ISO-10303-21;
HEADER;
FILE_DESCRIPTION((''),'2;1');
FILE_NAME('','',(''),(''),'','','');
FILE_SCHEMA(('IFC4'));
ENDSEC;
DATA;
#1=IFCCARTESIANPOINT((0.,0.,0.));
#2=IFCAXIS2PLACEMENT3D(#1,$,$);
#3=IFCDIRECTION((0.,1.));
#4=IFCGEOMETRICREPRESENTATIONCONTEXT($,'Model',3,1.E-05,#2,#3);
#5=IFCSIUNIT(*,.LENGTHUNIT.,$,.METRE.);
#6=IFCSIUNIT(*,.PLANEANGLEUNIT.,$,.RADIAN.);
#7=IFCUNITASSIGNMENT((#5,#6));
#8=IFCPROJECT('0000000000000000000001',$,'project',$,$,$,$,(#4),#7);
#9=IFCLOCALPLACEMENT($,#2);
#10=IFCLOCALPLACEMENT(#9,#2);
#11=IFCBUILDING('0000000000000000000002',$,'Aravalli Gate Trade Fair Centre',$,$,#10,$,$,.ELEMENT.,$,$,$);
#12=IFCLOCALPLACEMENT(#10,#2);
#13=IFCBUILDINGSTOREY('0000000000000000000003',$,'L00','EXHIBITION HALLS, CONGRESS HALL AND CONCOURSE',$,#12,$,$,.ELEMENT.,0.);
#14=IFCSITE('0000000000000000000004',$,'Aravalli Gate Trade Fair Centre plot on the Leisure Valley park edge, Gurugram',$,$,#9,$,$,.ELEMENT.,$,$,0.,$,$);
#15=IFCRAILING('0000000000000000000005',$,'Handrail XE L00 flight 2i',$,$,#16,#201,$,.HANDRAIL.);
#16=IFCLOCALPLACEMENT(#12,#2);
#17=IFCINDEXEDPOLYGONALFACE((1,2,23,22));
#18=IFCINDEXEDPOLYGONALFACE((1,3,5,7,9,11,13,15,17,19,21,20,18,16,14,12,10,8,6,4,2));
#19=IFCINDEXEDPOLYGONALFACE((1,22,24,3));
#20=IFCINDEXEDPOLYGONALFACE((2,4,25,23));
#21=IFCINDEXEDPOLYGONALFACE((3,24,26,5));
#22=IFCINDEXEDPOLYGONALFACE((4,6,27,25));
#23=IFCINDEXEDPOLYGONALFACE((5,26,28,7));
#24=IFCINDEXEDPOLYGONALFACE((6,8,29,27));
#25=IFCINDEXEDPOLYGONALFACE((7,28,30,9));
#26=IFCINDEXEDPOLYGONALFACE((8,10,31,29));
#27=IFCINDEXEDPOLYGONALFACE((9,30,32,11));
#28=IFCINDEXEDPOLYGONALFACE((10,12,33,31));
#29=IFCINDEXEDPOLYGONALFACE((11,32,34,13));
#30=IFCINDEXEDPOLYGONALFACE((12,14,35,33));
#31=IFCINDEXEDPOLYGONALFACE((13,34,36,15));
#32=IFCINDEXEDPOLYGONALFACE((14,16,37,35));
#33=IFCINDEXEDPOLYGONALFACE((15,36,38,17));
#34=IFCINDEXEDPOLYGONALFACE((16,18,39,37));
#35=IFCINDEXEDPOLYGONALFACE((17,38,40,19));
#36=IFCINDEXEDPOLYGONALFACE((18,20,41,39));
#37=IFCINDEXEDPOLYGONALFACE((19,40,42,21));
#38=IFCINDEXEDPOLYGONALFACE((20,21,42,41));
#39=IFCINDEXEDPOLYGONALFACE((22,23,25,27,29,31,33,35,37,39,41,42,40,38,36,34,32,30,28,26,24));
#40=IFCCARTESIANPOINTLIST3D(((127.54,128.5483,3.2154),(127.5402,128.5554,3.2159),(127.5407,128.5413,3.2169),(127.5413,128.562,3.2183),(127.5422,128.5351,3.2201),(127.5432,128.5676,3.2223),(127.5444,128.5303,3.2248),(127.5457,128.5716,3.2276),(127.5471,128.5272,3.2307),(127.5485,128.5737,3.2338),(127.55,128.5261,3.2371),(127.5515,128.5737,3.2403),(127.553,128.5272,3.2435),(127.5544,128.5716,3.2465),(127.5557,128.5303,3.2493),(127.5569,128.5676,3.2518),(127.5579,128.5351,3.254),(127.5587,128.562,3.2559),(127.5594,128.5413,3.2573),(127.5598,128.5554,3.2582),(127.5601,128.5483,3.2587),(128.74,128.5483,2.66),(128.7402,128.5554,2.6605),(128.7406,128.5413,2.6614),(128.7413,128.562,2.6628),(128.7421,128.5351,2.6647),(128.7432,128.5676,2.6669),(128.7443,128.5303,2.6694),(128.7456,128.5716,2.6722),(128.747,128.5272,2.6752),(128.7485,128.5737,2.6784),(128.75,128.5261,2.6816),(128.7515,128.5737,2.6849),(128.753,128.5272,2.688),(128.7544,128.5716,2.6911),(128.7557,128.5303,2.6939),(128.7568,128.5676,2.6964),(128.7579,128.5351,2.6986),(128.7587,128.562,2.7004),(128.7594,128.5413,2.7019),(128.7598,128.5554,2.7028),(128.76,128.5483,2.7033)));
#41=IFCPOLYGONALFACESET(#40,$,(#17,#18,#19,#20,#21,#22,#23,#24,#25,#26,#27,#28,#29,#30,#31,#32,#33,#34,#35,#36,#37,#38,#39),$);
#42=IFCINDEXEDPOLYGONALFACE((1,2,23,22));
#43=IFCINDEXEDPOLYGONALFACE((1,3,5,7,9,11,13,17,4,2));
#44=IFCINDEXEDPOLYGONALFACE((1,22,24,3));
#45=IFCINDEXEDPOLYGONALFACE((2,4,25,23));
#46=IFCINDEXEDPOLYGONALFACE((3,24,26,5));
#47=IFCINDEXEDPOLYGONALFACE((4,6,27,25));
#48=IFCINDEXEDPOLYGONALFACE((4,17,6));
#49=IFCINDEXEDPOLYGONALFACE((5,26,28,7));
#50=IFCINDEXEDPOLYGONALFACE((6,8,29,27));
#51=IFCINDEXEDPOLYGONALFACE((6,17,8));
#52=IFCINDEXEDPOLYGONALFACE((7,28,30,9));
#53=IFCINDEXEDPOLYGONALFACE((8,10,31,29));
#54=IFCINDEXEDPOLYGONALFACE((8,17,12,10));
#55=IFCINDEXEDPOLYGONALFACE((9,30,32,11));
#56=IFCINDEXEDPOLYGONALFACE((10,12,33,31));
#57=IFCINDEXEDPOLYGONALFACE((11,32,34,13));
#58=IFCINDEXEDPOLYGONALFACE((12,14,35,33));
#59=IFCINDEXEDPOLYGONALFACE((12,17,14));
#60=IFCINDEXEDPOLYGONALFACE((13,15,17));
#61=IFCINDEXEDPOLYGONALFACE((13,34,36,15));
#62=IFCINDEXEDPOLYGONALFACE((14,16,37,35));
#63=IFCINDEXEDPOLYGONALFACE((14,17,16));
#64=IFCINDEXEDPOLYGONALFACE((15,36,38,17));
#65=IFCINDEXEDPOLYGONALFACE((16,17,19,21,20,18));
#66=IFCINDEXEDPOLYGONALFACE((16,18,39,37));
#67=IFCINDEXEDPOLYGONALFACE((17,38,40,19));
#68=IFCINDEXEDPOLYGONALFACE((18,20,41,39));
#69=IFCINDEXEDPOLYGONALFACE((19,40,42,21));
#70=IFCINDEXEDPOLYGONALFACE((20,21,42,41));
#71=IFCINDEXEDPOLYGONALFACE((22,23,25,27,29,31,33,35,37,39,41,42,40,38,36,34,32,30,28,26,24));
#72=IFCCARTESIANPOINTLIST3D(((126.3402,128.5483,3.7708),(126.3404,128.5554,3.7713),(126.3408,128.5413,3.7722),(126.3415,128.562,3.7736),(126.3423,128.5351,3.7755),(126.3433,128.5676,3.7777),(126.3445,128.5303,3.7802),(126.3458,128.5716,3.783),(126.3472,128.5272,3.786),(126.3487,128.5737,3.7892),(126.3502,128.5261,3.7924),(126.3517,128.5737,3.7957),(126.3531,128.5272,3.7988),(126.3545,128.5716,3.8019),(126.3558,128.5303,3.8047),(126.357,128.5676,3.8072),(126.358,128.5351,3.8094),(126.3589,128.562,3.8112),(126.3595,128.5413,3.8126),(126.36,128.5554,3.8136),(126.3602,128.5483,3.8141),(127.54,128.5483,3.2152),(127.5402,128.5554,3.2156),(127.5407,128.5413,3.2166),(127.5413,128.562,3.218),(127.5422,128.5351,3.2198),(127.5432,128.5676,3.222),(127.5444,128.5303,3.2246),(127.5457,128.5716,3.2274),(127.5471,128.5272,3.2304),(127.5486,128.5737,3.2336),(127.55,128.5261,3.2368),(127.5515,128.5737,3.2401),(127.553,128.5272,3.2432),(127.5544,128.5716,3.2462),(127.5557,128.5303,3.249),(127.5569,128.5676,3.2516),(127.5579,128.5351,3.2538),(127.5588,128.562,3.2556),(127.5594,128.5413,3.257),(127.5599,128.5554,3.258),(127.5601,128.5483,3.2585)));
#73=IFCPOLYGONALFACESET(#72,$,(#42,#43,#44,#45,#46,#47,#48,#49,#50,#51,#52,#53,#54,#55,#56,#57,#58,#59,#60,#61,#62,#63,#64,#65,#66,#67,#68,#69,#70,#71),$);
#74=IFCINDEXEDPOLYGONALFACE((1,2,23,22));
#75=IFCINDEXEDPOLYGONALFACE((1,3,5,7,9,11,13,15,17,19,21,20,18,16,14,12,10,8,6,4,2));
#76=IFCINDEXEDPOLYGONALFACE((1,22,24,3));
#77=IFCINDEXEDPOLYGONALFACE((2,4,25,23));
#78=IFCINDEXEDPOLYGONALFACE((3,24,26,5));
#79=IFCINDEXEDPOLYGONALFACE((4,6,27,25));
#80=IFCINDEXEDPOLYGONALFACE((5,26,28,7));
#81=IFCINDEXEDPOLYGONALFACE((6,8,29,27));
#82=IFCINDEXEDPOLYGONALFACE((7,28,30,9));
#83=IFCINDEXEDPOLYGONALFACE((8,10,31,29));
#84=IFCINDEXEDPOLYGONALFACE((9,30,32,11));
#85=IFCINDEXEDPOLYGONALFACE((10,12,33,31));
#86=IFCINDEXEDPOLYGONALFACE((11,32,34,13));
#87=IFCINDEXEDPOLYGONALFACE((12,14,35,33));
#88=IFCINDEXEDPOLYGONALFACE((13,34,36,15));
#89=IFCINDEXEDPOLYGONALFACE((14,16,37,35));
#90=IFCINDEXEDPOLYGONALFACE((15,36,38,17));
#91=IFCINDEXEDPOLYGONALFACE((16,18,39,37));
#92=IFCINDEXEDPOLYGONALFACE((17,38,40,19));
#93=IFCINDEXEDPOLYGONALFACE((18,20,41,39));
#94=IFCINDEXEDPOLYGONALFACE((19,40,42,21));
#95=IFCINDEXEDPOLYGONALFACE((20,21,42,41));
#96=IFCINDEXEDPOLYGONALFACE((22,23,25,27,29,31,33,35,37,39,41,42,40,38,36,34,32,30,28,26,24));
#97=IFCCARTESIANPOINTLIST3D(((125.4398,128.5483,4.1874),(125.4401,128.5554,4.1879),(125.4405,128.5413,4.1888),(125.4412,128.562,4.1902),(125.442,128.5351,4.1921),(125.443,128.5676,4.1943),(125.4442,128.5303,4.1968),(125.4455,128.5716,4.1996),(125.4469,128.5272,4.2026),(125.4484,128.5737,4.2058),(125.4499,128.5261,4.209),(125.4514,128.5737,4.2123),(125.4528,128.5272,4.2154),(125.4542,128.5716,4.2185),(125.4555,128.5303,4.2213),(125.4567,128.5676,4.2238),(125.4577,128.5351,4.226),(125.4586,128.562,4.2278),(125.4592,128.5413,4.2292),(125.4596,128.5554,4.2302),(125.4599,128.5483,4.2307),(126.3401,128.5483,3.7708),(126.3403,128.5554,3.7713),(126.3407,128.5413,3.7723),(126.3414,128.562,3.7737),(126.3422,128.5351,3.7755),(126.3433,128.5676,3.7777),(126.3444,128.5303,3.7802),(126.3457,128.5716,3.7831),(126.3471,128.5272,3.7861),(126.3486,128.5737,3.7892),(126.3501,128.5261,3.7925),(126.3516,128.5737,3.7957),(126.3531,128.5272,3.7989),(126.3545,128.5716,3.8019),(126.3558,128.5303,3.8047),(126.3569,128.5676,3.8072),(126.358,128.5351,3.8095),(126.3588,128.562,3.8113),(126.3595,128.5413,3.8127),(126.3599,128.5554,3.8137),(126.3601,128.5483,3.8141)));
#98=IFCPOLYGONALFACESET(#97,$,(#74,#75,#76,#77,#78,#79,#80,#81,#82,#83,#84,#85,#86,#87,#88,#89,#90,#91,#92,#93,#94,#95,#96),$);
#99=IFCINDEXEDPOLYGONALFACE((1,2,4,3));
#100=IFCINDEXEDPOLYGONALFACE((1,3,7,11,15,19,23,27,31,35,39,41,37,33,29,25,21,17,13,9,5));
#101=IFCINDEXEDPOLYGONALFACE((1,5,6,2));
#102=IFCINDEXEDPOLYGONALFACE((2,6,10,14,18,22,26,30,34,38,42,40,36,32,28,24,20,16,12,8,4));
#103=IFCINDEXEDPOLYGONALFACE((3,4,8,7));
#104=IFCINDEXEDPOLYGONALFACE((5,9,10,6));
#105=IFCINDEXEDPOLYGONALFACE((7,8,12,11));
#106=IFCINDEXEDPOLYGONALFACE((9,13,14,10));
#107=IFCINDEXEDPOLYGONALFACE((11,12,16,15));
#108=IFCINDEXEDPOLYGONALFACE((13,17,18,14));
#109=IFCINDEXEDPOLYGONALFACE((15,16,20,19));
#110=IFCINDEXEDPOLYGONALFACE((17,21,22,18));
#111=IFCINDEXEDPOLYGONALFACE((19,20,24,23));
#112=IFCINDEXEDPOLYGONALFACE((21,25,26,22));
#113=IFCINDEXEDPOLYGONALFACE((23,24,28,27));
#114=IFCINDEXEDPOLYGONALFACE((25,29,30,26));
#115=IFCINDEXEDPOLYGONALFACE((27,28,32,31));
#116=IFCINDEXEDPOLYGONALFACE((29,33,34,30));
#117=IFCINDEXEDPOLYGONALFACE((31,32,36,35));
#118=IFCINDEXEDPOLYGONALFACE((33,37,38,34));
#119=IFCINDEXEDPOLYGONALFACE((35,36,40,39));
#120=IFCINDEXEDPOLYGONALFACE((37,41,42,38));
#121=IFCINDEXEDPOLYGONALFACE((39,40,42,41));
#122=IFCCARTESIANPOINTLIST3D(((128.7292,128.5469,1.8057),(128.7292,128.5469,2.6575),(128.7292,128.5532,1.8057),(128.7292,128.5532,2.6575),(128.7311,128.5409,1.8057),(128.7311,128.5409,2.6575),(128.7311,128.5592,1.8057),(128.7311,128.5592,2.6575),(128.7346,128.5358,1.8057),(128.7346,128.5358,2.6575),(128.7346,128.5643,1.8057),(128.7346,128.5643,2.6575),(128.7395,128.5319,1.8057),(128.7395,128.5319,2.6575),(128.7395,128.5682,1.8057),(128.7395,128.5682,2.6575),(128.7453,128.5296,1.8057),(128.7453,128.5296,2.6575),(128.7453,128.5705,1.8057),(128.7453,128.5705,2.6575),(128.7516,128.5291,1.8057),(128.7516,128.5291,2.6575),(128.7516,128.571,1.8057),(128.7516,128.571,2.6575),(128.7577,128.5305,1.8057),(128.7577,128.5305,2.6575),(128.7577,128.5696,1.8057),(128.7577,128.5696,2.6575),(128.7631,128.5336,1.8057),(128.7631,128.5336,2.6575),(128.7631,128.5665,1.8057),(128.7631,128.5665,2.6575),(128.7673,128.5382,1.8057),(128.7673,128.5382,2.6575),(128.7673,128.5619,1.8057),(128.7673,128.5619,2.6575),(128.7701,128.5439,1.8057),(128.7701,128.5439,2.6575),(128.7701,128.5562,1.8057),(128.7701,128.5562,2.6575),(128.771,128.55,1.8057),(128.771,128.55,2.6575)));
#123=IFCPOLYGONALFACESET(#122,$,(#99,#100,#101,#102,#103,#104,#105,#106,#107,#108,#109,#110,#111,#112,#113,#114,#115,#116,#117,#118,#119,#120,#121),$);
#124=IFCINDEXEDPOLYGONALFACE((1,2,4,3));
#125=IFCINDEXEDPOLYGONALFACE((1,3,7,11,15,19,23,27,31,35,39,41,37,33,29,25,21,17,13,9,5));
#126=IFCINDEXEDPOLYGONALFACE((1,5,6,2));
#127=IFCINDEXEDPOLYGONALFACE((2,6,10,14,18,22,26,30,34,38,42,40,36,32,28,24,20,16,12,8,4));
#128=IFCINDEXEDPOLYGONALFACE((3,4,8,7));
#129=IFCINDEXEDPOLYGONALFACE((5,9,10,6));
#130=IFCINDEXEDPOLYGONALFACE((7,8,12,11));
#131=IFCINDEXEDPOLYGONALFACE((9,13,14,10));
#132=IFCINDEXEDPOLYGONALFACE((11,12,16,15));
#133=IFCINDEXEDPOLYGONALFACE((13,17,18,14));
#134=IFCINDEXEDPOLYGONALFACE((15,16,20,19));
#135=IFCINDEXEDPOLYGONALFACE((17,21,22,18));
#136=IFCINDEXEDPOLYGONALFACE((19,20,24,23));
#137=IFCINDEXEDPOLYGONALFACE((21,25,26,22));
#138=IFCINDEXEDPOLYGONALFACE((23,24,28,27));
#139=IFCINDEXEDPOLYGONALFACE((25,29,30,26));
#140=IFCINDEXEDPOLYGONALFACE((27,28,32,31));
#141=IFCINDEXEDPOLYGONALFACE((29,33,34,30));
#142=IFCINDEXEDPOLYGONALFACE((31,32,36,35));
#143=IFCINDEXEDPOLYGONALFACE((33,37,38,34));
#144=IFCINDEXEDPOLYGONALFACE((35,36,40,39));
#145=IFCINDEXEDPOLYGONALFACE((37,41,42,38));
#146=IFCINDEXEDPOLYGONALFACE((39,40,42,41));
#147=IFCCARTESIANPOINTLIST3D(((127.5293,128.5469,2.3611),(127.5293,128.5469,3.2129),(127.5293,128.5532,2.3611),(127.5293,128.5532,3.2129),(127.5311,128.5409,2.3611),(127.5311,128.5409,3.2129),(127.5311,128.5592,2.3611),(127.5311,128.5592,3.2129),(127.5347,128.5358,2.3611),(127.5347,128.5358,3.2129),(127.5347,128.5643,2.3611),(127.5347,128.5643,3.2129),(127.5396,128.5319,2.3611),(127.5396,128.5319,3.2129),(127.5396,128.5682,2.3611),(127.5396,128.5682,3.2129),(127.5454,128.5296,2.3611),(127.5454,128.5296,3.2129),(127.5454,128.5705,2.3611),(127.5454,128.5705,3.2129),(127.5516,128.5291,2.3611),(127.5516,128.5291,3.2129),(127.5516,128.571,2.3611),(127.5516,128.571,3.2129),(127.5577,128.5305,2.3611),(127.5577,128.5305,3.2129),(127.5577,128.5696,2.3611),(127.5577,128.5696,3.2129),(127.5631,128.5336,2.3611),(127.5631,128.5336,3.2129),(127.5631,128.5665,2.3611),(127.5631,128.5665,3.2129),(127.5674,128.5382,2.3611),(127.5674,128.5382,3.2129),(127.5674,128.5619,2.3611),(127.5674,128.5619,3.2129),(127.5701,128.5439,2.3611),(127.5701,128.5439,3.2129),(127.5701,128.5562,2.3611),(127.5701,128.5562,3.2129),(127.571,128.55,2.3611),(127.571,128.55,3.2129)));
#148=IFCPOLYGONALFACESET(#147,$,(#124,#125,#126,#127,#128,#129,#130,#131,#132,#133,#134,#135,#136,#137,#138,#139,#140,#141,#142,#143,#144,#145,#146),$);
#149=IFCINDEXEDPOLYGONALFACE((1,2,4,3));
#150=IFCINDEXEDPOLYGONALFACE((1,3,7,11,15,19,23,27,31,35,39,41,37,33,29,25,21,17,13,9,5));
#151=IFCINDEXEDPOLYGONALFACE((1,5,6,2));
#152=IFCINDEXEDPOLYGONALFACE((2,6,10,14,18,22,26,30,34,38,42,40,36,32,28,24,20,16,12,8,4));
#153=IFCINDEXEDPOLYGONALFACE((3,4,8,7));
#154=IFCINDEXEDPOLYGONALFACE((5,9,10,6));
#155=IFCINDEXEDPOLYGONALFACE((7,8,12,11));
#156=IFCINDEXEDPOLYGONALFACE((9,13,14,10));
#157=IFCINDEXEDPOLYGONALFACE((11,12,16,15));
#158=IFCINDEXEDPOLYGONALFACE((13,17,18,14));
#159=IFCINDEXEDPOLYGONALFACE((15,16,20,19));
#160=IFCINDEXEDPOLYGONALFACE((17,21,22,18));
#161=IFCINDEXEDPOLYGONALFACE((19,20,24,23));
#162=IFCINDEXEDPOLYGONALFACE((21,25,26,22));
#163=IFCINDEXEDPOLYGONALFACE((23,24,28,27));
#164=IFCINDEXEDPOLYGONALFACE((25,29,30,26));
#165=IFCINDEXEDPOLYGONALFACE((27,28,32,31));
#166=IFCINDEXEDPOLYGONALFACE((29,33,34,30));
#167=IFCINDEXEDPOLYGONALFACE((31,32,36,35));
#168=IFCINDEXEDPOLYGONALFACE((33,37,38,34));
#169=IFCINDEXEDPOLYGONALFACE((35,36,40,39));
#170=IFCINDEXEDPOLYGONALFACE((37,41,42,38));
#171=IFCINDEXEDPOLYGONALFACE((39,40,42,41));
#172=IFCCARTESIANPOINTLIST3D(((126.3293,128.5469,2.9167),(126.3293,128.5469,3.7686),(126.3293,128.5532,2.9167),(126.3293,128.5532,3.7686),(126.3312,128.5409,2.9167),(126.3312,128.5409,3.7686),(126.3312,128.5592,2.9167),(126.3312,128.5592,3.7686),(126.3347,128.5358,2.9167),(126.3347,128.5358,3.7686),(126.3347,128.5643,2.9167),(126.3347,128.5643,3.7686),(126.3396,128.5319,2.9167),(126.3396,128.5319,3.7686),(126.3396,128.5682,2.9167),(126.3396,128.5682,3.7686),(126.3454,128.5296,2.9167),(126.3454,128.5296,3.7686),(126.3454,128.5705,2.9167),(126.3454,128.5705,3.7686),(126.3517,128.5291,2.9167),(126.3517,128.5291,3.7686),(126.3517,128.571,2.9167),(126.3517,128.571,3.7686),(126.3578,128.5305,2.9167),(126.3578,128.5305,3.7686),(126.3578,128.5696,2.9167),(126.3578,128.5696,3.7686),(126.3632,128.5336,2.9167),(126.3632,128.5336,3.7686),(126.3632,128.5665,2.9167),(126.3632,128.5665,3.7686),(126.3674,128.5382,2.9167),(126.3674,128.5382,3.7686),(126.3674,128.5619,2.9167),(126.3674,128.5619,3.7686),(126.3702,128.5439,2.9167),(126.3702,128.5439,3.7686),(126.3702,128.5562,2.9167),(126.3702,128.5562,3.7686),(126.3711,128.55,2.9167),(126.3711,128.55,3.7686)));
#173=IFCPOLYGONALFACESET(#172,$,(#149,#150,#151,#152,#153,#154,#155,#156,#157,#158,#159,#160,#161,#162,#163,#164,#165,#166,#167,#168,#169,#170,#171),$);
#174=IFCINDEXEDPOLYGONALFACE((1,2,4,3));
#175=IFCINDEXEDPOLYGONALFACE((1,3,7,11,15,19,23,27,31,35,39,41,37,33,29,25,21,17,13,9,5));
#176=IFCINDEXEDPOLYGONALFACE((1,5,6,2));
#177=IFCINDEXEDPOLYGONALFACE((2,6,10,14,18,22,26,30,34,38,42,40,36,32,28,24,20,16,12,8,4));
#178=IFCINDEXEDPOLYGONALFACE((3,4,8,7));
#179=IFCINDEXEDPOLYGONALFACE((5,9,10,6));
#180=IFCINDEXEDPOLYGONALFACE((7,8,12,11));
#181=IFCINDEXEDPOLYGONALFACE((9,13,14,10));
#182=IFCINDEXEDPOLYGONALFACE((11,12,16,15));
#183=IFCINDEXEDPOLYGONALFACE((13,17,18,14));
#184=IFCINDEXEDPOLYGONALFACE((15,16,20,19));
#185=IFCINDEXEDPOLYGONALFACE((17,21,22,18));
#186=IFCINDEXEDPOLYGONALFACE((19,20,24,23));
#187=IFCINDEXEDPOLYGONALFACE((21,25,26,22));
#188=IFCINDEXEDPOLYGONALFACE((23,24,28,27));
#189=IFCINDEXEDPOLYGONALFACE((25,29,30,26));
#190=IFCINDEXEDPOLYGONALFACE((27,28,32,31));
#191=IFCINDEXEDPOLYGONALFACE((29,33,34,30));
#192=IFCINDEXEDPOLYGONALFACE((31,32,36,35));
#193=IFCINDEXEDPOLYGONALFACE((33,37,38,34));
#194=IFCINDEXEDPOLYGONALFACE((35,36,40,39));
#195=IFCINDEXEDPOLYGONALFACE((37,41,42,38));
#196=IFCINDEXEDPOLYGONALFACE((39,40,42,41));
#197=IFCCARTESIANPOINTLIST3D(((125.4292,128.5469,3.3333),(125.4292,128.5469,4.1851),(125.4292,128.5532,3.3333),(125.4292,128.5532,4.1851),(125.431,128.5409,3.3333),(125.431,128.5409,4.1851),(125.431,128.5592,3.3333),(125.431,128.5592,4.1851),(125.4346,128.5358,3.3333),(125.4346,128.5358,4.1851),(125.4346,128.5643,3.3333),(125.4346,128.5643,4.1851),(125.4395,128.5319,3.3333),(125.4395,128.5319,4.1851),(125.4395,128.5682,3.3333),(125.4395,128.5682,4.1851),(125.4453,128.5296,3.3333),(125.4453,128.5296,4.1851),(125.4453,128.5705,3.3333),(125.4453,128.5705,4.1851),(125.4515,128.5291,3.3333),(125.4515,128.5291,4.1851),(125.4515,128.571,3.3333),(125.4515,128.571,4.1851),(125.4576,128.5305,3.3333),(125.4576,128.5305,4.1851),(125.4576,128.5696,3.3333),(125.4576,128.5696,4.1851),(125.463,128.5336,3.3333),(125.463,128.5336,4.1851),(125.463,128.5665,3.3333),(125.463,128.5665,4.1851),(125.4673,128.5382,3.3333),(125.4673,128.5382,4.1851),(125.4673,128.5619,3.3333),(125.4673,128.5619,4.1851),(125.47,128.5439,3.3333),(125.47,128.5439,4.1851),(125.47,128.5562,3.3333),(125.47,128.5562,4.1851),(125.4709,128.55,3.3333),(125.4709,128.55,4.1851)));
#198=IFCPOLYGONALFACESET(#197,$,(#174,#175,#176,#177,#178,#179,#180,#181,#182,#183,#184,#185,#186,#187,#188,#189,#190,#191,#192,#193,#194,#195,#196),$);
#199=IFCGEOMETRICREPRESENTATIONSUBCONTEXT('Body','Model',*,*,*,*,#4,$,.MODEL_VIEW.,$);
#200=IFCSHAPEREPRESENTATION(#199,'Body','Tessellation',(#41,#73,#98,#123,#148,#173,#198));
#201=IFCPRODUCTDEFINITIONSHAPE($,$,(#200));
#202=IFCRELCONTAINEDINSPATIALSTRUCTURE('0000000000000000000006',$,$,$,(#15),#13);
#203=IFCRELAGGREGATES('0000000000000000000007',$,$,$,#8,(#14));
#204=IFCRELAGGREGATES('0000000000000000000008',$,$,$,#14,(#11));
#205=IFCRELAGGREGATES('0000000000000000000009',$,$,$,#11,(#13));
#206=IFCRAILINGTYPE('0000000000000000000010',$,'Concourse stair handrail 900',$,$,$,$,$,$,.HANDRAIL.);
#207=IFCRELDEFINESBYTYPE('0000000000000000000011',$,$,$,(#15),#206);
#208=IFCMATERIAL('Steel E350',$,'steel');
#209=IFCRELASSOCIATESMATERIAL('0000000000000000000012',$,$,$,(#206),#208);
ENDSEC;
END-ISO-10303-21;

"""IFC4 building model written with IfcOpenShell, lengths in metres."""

from ifc_helpers import new_model, si_unit, direction, frame, origin, origin_2d, place, context, subcontext, project, spatial, circle, extrude, material, type_object, element, save


model = new_model("IFC4")

# Units and contexts
model_context = context("Model", 3, precision=1e-05, world=origin(), true_north=direction((0.0, 1.0)))
body_context = subcontext(model_context, "Body", "Model", "MODEL_VIEW")
ifc_project = project(units=[si_unit("LENGTHUNIT", "METRE"), si_unit("PLANEANGLEUNIT", "RADIAN")], contexts=[model_context])

# Site, building, storey
site_placement = place(None, origin())
site = spatial("IfcSite", under=ifc_project, at=site_placement, Name="Aravalli Gate Trade Fair Centre plot on the Leisure Valley park edge, Gurugram", CompositionType="ELEMENT", RefElevation=0.0)
building_placement = place(site_placement, origin())
building = spatial("IfcBuilding", under=site, at=building_placement, Name="Aravalli Gate Trade Fair Centre", CompositionType="ELEMENT")
storey_placement = place(building_placement, origin())
storey = spatial("IfcBuildingStorey", under=building, at=storey_placement, Name="L00", Description="EXHIBITION HALLS, CONGRESS HALL AND CONCOURSE", CompositionType="ELEMENT", Elevation=0.0)

# Shared definitions
ifc_material_1 = material(Name="Steel E350", Category="steel")

# Railing
railing_type = type_object("IfcRailingType", Name="Concourse stair handrail 900", PredefinedType="HANDRAIL", material=ifc_material_1)
railing_placement = place(storey_placement, frame((128.75, 128.55, 1.8057)))
element("IfcRailing", 1, at=railing_placement, inside=storey, type_object=railing_type, Name="Handrail XE L00 flight 2i", PredefinedType="HANDRAIL", context=body_context, shape_type="SweptSolid", body=[
    extrude(circle(Radius=0.0239, at=origin_2d()), frame((0.0, 0.0, 0.876), z_axis=(-0.907499, 0.0, 0.420053), x_axis=(0.0, -1.0, 0.0)), (0.0, 0.0, 1.0), 1.3223),
    extrude(circle(Radius=0.0239, at=origin_2d()), frame((-1.2, 0.0, 1.4312), z_axis=(-0.907429, 0.0, 0.420205), x_axis=(0.0, -1.0, 0.0)), (0.0, 0.0, 1.0), 1.3223),
    extrude(circle(Radius=0.0239, at=origin_2d()), frame((-2.3999, 0.0, 1.9868), z_axis=(-0.907556, 0.0, 0.419932), x_axis=(0.0, -1.0, 0.0)), (0.0, 0.0, 1.0), 0.9919),
    extrude(circle(Radius=0.021, at=origin_2d()), origin(), (0.0, 0.0, 1.0), 0.8518),
    extrude(circle(Radius=0.021, at=origin_2d()), frame((-1.2, 0.0, 0.5554)), (0.0, 0.0, 1.0), 0.8518),
    extrude(circle(Radius=0.021, at=origin_2d()), frame((-2.3999, 0.0, 1.1111)), (0.0, 0.0, 1.0), 0.8518),
    extrude(circle(Radius=0.021, at=origin_2d()), frame((-3.3, 0.0, 1.5276)), (0.0, 0.0, 1.0), 0.8518),
])

save(model, "model.ifc")
